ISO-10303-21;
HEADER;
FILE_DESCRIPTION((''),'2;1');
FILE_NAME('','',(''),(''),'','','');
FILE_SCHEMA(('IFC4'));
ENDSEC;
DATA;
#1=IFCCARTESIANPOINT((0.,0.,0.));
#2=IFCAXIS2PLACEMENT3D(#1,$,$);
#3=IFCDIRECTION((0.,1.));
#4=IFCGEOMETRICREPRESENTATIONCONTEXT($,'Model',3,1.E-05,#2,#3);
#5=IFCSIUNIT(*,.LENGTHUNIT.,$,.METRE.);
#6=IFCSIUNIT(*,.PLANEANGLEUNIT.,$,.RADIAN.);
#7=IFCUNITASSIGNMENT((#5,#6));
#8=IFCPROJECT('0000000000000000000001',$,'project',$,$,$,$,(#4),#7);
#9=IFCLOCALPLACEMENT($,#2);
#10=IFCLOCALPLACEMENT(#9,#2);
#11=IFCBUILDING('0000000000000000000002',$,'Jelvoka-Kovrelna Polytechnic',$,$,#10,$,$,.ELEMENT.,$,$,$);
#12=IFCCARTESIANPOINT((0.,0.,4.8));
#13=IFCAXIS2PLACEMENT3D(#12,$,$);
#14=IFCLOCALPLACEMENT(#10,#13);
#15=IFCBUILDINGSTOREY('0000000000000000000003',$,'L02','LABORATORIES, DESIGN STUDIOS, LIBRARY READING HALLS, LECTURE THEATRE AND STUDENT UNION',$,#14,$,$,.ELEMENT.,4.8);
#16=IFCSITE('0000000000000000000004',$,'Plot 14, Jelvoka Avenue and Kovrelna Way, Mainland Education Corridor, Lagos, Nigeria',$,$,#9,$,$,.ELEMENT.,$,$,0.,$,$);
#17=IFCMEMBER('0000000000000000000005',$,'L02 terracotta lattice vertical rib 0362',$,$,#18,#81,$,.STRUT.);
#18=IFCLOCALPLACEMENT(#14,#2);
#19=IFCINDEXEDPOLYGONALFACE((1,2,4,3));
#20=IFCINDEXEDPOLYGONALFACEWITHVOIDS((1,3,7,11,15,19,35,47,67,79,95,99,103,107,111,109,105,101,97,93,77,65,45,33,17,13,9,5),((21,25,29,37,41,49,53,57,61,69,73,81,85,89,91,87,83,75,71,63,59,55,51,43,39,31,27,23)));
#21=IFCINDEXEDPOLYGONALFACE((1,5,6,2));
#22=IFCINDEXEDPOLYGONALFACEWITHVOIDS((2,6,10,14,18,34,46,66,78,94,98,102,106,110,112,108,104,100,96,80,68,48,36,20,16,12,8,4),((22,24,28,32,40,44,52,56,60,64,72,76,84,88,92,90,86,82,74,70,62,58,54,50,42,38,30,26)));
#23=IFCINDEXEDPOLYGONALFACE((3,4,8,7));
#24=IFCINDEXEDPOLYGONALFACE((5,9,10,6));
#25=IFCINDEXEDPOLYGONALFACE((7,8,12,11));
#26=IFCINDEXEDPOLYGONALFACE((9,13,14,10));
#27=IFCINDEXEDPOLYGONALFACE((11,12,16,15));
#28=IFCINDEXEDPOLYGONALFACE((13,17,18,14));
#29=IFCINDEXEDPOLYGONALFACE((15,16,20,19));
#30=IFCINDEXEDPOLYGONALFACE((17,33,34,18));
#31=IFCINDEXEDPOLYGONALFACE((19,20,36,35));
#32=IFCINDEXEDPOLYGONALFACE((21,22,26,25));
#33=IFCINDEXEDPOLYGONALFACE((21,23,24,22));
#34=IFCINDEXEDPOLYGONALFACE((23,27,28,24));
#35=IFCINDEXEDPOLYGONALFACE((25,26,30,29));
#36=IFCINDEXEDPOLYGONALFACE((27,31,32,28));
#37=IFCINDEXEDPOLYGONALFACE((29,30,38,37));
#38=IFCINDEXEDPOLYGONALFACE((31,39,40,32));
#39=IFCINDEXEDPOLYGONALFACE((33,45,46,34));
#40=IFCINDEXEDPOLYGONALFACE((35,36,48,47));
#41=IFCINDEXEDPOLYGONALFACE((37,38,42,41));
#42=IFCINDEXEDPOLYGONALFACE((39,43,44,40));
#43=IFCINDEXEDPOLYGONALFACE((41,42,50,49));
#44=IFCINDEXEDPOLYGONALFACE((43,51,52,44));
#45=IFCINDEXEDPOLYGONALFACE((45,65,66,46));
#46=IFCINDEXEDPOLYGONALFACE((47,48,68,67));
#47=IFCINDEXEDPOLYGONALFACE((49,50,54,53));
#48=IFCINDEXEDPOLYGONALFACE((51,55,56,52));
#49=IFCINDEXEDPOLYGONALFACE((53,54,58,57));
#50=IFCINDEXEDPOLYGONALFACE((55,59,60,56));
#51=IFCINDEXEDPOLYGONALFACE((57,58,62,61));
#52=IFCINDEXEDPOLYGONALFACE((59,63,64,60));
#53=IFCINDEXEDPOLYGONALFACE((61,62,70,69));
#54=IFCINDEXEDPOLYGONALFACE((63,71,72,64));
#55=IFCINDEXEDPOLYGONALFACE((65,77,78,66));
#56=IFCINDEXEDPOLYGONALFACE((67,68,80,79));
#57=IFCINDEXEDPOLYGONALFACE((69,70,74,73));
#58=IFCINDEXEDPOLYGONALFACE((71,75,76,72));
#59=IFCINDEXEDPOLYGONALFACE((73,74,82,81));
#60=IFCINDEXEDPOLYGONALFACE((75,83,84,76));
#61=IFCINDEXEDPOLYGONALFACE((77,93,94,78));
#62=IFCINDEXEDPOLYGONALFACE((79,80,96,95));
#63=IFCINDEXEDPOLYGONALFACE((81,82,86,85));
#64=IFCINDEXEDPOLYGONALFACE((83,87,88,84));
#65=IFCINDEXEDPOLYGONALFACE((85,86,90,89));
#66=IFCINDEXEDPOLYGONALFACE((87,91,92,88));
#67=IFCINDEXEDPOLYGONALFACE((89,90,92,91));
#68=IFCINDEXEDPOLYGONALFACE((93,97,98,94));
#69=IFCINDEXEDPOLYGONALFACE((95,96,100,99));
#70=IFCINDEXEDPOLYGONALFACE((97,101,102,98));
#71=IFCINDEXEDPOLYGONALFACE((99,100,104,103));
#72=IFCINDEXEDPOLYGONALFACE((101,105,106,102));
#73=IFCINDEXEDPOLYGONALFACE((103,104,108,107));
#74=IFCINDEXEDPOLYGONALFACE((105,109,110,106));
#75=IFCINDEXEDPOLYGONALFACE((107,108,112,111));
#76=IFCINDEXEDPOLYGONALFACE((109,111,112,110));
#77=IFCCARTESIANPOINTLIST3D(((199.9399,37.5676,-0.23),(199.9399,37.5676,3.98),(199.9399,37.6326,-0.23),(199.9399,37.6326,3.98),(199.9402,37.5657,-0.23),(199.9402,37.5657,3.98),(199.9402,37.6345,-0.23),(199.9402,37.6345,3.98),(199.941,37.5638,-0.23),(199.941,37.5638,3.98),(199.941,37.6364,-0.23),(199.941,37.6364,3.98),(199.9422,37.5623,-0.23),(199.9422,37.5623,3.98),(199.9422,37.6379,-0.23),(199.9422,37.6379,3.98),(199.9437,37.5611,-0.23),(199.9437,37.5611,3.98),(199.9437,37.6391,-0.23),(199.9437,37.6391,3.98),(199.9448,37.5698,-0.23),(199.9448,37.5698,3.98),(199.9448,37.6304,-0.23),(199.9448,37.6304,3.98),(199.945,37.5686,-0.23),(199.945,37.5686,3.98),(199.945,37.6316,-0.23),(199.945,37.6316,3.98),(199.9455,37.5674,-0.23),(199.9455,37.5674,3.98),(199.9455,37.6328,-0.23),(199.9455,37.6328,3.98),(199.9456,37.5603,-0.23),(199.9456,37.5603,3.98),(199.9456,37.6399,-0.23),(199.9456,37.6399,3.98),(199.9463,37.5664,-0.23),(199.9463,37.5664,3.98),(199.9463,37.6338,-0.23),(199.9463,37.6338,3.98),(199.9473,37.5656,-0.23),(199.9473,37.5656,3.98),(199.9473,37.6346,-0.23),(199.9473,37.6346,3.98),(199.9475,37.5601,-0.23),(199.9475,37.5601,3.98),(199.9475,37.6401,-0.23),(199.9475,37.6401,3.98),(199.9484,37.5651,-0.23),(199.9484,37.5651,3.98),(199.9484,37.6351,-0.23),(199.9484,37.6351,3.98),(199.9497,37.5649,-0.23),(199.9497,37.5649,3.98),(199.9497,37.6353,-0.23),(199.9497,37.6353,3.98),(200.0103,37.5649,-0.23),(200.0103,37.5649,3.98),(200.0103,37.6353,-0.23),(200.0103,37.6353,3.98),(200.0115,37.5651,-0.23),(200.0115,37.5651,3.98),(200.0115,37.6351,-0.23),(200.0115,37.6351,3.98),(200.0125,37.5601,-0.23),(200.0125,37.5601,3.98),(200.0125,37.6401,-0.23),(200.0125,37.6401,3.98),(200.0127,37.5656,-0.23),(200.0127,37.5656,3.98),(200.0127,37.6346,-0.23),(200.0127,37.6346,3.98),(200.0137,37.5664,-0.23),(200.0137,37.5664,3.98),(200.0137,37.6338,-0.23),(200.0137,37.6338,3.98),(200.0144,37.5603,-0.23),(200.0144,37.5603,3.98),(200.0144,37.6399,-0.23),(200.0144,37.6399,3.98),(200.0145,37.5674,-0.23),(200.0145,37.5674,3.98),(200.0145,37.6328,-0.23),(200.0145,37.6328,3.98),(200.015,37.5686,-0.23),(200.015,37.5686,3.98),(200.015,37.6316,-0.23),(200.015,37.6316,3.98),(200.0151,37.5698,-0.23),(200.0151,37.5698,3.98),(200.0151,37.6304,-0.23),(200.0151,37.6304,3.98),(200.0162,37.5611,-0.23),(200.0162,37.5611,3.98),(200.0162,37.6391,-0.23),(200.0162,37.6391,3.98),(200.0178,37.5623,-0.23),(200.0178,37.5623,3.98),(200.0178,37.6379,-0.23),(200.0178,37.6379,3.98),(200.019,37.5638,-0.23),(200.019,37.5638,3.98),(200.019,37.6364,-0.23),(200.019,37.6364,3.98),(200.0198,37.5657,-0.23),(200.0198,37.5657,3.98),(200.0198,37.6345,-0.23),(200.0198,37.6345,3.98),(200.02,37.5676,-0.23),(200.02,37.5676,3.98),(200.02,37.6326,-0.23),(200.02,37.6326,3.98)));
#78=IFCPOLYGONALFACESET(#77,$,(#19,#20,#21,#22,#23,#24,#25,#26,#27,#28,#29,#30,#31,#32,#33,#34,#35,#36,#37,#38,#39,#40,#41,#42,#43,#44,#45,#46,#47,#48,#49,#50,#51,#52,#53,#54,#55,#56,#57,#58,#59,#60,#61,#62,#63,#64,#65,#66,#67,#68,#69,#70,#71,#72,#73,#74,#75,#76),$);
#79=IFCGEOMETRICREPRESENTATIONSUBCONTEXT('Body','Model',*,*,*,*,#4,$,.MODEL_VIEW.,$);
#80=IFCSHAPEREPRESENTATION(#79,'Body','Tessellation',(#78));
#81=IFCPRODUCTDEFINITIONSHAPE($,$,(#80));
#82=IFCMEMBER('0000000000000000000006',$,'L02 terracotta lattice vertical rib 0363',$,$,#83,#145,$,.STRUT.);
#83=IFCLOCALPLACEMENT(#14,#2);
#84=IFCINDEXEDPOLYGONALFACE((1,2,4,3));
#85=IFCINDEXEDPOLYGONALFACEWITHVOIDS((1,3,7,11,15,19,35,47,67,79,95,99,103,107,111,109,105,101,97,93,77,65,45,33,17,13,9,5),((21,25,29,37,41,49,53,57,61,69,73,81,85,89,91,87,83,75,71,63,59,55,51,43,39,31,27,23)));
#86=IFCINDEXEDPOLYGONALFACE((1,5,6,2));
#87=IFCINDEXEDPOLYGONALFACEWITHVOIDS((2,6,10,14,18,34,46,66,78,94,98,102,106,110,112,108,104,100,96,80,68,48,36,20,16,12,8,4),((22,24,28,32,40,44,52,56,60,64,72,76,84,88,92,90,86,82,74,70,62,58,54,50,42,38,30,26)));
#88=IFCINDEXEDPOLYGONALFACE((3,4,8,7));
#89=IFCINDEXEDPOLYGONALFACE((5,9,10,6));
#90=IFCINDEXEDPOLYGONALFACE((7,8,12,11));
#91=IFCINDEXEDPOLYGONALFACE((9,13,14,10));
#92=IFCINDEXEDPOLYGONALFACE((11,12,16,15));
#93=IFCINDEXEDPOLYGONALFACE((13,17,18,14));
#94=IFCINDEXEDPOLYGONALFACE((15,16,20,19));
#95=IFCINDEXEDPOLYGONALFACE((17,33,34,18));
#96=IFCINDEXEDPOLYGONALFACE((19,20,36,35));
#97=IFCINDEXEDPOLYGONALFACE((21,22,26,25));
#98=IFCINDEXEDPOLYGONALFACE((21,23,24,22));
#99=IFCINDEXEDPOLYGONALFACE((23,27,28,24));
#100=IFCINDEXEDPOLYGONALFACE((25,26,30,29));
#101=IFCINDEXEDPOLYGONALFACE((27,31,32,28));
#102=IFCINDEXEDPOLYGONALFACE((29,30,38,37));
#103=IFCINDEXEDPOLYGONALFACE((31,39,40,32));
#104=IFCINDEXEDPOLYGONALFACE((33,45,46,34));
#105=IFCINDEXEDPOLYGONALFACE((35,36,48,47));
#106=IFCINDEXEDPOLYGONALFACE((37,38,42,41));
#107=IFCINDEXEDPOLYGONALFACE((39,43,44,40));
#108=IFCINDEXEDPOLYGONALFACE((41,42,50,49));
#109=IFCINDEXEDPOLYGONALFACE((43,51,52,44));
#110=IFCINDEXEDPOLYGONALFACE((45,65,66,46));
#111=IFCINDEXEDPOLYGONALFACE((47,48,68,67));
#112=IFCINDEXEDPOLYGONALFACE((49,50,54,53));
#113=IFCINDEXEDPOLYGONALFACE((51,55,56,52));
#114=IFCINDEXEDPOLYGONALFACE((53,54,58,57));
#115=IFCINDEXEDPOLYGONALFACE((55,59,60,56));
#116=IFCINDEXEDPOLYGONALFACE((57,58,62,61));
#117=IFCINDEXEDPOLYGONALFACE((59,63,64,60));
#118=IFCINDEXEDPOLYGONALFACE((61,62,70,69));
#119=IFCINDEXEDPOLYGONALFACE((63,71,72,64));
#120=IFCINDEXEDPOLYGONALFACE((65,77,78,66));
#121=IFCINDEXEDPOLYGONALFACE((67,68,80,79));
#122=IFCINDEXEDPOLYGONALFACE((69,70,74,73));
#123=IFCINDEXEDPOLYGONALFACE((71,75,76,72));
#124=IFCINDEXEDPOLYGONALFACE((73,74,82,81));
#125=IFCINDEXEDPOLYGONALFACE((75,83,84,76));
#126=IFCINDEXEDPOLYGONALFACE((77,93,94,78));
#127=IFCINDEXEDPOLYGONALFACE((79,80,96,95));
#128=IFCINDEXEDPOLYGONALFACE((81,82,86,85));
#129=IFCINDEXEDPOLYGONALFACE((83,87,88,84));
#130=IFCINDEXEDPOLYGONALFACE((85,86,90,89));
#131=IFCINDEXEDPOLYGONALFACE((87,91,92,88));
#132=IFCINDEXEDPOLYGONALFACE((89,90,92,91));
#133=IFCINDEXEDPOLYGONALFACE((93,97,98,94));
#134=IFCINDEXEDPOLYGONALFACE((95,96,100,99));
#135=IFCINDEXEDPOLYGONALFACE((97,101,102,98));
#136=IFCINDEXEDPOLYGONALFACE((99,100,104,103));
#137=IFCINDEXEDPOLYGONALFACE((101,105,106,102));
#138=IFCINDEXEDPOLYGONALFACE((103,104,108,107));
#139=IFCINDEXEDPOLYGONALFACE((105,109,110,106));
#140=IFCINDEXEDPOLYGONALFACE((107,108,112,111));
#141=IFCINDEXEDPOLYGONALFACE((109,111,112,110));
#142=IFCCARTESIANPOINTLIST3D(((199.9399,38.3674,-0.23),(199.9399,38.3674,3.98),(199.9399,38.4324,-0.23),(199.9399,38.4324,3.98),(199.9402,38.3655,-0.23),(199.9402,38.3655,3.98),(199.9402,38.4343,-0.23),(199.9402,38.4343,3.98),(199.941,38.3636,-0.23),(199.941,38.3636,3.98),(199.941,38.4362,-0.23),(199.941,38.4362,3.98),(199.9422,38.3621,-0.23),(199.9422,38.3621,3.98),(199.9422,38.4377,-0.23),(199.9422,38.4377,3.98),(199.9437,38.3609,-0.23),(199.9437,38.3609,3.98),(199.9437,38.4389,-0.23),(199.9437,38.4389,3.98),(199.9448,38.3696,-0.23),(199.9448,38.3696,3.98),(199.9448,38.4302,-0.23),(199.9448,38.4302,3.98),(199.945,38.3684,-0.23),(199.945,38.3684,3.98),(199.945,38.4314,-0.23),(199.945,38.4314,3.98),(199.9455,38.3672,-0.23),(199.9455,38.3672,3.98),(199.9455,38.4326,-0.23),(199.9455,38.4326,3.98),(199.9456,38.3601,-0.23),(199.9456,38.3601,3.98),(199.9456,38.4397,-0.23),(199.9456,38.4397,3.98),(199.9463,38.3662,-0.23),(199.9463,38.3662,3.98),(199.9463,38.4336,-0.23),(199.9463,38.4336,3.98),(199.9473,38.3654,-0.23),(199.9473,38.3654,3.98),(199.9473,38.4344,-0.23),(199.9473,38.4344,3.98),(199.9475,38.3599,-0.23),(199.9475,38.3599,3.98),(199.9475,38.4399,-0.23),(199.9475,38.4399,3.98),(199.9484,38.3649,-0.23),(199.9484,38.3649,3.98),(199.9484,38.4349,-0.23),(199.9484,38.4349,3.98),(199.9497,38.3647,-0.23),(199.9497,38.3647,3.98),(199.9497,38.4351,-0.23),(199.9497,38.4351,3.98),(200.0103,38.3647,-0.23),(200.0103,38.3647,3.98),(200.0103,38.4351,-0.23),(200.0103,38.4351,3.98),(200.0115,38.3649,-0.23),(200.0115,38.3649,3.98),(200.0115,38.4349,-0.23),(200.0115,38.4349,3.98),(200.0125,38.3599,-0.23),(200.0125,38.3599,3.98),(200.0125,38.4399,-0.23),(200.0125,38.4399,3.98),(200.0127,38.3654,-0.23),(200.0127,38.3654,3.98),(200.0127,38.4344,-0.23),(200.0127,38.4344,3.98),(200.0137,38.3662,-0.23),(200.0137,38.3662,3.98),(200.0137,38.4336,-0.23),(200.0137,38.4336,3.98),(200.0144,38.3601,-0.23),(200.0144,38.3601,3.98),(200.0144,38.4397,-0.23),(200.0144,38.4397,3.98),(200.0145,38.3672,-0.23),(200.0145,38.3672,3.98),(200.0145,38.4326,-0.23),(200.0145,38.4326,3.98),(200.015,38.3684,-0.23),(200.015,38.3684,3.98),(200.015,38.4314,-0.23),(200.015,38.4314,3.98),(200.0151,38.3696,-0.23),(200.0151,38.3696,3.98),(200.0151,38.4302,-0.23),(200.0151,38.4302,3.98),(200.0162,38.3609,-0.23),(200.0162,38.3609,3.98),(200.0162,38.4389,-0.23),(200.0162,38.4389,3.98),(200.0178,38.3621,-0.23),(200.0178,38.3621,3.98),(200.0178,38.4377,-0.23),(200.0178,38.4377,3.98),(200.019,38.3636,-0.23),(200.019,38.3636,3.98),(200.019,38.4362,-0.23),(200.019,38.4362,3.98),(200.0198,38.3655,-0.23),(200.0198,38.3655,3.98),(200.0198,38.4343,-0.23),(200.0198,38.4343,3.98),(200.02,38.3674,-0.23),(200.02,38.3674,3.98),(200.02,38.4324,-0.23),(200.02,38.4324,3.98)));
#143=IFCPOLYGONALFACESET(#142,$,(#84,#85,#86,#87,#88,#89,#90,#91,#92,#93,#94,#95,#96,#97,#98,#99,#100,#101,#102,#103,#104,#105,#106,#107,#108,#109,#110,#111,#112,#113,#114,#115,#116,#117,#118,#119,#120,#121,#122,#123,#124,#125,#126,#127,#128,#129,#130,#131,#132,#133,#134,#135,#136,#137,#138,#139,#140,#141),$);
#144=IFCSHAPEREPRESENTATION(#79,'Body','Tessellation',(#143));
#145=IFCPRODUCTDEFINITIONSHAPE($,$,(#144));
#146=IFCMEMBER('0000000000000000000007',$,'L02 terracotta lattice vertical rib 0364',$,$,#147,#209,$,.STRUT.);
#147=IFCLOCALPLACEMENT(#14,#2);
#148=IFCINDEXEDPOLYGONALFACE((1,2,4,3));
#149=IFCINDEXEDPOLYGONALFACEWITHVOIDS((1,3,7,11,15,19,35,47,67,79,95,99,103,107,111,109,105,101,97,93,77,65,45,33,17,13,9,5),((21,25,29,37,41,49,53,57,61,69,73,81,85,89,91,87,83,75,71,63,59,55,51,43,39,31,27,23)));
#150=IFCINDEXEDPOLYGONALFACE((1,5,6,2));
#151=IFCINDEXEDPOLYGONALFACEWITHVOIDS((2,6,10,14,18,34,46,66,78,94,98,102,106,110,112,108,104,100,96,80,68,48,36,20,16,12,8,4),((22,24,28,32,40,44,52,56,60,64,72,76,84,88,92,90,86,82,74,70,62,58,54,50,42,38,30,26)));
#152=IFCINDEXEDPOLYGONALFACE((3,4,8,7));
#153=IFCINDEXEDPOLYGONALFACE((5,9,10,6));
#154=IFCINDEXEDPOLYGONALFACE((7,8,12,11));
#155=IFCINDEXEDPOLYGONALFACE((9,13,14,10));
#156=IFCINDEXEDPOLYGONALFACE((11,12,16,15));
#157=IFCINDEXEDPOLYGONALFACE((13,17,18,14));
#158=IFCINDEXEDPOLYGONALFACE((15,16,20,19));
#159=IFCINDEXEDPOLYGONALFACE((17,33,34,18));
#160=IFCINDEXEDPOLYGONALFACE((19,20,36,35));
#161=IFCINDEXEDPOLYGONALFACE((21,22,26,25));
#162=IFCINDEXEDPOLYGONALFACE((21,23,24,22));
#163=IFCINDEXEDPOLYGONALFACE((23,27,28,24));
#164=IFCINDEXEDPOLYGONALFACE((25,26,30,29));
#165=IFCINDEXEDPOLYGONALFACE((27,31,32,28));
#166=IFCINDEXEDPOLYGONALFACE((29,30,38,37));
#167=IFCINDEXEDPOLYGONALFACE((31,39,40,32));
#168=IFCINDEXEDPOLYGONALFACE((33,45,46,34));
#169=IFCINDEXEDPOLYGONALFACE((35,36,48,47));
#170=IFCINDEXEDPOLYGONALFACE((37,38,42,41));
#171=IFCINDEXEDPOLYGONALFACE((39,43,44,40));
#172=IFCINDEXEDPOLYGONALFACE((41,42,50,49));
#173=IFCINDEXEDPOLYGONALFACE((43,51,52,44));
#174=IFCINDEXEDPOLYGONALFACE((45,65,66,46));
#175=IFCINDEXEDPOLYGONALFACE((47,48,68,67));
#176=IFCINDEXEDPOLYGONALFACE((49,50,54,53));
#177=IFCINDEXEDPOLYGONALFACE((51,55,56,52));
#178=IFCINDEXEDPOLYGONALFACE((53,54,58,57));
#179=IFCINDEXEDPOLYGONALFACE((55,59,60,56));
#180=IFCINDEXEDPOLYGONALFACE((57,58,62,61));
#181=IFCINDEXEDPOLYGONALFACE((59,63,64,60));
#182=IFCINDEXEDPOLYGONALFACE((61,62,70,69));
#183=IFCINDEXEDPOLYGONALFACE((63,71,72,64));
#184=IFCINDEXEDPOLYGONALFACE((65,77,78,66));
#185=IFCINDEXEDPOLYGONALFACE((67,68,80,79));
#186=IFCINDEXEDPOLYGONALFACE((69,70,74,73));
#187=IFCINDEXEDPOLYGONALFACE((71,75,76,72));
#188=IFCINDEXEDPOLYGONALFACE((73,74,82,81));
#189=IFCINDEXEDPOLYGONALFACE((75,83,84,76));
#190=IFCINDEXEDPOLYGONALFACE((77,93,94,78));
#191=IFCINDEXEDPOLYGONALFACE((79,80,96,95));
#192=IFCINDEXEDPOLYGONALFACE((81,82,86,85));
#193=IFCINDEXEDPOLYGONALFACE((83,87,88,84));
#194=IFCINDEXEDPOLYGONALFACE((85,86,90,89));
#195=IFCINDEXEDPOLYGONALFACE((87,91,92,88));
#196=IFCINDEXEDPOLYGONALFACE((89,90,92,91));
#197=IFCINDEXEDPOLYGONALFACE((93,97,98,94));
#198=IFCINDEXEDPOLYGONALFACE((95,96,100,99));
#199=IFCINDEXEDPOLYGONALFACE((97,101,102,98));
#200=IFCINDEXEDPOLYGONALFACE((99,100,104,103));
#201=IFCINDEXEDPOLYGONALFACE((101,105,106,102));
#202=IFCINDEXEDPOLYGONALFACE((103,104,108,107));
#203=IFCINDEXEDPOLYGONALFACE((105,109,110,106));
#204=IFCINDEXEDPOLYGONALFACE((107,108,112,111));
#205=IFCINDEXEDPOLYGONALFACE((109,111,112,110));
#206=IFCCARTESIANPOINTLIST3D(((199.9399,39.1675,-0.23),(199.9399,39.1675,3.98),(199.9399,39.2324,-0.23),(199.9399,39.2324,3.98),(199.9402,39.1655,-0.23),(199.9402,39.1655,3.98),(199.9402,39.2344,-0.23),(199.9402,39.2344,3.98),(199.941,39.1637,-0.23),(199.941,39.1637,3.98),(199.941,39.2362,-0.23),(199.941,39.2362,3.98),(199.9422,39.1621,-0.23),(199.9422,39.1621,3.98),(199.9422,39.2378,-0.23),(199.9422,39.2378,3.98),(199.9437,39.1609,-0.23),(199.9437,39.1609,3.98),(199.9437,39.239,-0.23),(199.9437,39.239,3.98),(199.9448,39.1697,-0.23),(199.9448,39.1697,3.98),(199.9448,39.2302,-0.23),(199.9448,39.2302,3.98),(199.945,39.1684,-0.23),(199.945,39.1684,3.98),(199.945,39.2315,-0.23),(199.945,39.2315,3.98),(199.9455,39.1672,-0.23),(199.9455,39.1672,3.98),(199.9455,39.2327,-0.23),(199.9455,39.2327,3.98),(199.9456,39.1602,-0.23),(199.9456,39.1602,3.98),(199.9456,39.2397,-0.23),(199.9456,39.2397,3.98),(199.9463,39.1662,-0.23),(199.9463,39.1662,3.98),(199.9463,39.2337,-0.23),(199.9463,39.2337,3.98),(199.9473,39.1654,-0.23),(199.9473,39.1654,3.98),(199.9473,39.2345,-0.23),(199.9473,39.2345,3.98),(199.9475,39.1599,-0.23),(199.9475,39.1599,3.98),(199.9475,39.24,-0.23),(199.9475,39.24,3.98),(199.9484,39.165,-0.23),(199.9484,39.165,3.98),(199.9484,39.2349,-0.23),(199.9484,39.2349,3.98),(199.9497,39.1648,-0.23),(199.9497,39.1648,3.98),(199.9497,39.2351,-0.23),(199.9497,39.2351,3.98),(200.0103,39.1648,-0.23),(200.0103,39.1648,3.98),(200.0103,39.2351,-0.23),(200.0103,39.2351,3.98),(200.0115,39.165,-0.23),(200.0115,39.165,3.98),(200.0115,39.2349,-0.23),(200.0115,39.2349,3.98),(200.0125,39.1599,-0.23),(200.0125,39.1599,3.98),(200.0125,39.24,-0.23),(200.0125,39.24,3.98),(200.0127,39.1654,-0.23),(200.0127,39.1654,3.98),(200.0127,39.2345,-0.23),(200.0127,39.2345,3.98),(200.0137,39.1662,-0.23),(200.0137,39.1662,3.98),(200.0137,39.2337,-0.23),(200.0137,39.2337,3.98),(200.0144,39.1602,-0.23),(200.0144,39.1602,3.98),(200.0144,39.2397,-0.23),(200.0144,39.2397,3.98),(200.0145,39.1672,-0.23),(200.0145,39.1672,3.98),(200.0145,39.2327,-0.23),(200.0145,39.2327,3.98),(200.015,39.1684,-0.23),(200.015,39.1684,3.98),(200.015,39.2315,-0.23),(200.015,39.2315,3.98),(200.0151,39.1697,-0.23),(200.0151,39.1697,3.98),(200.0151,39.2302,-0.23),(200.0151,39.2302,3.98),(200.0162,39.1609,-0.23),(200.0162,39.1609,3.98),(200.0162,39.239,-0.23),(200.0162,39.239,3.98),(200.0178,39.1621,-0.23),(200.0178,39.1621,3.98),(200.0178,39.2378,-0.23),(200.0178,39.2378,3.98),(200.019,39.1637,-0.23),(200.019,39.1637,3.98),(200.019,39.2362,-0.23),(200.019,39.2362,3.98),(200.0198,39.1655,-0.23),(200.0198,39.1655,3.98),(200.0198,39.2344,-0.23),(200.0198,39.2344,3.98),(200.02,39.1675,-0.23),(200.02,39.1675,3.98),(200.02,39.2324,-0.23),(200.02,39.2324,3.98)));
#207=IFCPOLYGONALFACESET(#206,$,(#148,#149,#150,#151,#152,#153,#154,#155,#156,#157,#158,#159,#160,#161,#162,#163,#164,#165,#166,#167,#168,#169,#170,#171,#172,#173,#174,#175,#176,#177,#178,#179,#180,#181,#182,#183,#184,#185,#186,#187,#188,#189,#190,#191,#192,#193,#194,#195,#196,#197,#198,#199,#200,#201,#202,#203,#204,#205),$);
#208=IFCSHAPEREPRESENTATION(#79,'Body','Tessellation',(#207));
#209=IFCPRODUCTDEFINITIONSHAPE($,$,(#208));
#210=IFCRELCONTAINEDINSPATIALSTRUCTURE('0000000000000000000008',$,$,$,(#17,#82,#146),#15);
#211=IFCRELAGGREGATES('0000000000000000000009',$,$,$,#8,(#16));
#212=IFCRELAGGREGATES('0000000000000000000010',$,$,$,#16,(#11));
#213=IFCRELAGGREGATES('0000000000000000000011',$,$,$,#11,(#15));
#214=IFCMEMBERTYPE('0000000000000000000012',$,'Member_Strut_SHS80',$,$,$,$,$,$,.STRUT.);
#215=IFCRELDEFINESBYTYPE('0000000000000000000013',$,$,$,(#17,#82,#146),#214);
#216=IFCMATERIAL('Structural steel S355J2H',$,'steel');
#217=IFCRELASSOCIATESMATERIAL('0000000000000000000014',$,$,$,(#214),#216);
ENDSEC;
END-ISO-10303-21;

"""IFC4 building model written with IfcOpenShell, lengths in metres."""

from ifc_helpers import new_model, si_unit, direction, frame, origin, origin_2d, place, context, subcontext, project, spatial, hollow_rectangle, extrude, material, material_profile, profile_set, type_object, element, save


model = new_model("IFC4")

# Units and contexts
model_context = context("Model", 3, precision=1e-05, world=origin(), true_north=direction((0.0, 1.0)))
body_context = subcontext(model_context, "Body", "Model", "MODEL_VIEW")
ifc_project = project(units=[si_unit("LENGTHUNIT", "METRE"), si_unit("PLANEANGLEUNIT", "RADIAN")], contexts=[model_context])

# Site, building, storey
site_placement = place(None, origin())
site = spatial("IfcSite", under=ifc_project, at=site_placement, Name="Plot 14, Jelvoka Avenue and Kovrelna Way, Mainland Education Corridor, Lagos, Nigeria", CompositionType="ELEMENT", RefElevation=0.0)
building_placement = place(site_placement, origin())
building = spatial("IfcBuilding", under=site, at=building_placement, Name="Jelvoka-Kovrelna Polytechnic", CompositionType="ELEMENT")
storey_placement = place(building_placement, frame((0.0, 0.0, 4.8)))
storey = spatial("IfcBuildingStorey", under=building, at=storey_placement, Name="L02", Description="LABORATORIES, DESIGN STUDIOS, LIBRARY READING HALLS, LECTURE THEATRE AND STUDENT UNION", CompositionType="ELEMENT", Elevation=4.8)

# Members
ifc_material_1 = material(Name="Structural steel S355J2H", Category="steel")
ifc_material_profile_1 = material_profile(ifc_material_1, hollow_rectangle(XDim=0.0801, YDim=0.0801, WallThickness=0.0049, InnerFilletRadius=0.0049, OuterFilletRadius=0.0076, at=origin_2d()), Name="80x80x5.0 SHS")
ifc_profile_set_1 = profile_set([ifc_material_profile_1], Name="Structural steel S355J2H")
member_type = type_object("IfcMemberType", Name="Member_Strut_SHS80", PredefinedType="STRUT", material=ifc_profile_set_1)
for number, where, z_axis, x_axis, name in (
    (1, (199.98, 37.6001, -0.23), (0.0, 0.0, 1.0), (1.0, 0.0, 0.0), "L02 terracotta lattice vertical rib 0362"),
    (2, (199.98, 38.3999, -0.23), (0.0, 0.0, 1.0), (1.0, 0.0, 0.0), "L02 terracotta lattice vertical rib 0363"),
    (3, (199.98, 39.2, -0.23), (0.0, 0.0, 1.0), (1.0, 0.0, 0.0), "L02 terracotta lattice vertical rib 0364"),
):
    element("IfcMember", number, at=place(storey_placement, frame(where, z_axis=z_axis, x_axis=x_axis)), inside=storey, type_object=member_type, Name=name, PredefinedType="STRUT", context=body_context, shape_type="SweptSolid", body=[
        extrude(hollow_rectangle(XDim=0.0801, YDim=0.0801, WallThickness=0.0049, InnerFilletRadius=0.0049, OuterFilletRadius=0.0076, at=origin_2d()), origin(), (0.0, 0.0, 1.0), 4.21),
    ])

save(model, "model.ifc")
